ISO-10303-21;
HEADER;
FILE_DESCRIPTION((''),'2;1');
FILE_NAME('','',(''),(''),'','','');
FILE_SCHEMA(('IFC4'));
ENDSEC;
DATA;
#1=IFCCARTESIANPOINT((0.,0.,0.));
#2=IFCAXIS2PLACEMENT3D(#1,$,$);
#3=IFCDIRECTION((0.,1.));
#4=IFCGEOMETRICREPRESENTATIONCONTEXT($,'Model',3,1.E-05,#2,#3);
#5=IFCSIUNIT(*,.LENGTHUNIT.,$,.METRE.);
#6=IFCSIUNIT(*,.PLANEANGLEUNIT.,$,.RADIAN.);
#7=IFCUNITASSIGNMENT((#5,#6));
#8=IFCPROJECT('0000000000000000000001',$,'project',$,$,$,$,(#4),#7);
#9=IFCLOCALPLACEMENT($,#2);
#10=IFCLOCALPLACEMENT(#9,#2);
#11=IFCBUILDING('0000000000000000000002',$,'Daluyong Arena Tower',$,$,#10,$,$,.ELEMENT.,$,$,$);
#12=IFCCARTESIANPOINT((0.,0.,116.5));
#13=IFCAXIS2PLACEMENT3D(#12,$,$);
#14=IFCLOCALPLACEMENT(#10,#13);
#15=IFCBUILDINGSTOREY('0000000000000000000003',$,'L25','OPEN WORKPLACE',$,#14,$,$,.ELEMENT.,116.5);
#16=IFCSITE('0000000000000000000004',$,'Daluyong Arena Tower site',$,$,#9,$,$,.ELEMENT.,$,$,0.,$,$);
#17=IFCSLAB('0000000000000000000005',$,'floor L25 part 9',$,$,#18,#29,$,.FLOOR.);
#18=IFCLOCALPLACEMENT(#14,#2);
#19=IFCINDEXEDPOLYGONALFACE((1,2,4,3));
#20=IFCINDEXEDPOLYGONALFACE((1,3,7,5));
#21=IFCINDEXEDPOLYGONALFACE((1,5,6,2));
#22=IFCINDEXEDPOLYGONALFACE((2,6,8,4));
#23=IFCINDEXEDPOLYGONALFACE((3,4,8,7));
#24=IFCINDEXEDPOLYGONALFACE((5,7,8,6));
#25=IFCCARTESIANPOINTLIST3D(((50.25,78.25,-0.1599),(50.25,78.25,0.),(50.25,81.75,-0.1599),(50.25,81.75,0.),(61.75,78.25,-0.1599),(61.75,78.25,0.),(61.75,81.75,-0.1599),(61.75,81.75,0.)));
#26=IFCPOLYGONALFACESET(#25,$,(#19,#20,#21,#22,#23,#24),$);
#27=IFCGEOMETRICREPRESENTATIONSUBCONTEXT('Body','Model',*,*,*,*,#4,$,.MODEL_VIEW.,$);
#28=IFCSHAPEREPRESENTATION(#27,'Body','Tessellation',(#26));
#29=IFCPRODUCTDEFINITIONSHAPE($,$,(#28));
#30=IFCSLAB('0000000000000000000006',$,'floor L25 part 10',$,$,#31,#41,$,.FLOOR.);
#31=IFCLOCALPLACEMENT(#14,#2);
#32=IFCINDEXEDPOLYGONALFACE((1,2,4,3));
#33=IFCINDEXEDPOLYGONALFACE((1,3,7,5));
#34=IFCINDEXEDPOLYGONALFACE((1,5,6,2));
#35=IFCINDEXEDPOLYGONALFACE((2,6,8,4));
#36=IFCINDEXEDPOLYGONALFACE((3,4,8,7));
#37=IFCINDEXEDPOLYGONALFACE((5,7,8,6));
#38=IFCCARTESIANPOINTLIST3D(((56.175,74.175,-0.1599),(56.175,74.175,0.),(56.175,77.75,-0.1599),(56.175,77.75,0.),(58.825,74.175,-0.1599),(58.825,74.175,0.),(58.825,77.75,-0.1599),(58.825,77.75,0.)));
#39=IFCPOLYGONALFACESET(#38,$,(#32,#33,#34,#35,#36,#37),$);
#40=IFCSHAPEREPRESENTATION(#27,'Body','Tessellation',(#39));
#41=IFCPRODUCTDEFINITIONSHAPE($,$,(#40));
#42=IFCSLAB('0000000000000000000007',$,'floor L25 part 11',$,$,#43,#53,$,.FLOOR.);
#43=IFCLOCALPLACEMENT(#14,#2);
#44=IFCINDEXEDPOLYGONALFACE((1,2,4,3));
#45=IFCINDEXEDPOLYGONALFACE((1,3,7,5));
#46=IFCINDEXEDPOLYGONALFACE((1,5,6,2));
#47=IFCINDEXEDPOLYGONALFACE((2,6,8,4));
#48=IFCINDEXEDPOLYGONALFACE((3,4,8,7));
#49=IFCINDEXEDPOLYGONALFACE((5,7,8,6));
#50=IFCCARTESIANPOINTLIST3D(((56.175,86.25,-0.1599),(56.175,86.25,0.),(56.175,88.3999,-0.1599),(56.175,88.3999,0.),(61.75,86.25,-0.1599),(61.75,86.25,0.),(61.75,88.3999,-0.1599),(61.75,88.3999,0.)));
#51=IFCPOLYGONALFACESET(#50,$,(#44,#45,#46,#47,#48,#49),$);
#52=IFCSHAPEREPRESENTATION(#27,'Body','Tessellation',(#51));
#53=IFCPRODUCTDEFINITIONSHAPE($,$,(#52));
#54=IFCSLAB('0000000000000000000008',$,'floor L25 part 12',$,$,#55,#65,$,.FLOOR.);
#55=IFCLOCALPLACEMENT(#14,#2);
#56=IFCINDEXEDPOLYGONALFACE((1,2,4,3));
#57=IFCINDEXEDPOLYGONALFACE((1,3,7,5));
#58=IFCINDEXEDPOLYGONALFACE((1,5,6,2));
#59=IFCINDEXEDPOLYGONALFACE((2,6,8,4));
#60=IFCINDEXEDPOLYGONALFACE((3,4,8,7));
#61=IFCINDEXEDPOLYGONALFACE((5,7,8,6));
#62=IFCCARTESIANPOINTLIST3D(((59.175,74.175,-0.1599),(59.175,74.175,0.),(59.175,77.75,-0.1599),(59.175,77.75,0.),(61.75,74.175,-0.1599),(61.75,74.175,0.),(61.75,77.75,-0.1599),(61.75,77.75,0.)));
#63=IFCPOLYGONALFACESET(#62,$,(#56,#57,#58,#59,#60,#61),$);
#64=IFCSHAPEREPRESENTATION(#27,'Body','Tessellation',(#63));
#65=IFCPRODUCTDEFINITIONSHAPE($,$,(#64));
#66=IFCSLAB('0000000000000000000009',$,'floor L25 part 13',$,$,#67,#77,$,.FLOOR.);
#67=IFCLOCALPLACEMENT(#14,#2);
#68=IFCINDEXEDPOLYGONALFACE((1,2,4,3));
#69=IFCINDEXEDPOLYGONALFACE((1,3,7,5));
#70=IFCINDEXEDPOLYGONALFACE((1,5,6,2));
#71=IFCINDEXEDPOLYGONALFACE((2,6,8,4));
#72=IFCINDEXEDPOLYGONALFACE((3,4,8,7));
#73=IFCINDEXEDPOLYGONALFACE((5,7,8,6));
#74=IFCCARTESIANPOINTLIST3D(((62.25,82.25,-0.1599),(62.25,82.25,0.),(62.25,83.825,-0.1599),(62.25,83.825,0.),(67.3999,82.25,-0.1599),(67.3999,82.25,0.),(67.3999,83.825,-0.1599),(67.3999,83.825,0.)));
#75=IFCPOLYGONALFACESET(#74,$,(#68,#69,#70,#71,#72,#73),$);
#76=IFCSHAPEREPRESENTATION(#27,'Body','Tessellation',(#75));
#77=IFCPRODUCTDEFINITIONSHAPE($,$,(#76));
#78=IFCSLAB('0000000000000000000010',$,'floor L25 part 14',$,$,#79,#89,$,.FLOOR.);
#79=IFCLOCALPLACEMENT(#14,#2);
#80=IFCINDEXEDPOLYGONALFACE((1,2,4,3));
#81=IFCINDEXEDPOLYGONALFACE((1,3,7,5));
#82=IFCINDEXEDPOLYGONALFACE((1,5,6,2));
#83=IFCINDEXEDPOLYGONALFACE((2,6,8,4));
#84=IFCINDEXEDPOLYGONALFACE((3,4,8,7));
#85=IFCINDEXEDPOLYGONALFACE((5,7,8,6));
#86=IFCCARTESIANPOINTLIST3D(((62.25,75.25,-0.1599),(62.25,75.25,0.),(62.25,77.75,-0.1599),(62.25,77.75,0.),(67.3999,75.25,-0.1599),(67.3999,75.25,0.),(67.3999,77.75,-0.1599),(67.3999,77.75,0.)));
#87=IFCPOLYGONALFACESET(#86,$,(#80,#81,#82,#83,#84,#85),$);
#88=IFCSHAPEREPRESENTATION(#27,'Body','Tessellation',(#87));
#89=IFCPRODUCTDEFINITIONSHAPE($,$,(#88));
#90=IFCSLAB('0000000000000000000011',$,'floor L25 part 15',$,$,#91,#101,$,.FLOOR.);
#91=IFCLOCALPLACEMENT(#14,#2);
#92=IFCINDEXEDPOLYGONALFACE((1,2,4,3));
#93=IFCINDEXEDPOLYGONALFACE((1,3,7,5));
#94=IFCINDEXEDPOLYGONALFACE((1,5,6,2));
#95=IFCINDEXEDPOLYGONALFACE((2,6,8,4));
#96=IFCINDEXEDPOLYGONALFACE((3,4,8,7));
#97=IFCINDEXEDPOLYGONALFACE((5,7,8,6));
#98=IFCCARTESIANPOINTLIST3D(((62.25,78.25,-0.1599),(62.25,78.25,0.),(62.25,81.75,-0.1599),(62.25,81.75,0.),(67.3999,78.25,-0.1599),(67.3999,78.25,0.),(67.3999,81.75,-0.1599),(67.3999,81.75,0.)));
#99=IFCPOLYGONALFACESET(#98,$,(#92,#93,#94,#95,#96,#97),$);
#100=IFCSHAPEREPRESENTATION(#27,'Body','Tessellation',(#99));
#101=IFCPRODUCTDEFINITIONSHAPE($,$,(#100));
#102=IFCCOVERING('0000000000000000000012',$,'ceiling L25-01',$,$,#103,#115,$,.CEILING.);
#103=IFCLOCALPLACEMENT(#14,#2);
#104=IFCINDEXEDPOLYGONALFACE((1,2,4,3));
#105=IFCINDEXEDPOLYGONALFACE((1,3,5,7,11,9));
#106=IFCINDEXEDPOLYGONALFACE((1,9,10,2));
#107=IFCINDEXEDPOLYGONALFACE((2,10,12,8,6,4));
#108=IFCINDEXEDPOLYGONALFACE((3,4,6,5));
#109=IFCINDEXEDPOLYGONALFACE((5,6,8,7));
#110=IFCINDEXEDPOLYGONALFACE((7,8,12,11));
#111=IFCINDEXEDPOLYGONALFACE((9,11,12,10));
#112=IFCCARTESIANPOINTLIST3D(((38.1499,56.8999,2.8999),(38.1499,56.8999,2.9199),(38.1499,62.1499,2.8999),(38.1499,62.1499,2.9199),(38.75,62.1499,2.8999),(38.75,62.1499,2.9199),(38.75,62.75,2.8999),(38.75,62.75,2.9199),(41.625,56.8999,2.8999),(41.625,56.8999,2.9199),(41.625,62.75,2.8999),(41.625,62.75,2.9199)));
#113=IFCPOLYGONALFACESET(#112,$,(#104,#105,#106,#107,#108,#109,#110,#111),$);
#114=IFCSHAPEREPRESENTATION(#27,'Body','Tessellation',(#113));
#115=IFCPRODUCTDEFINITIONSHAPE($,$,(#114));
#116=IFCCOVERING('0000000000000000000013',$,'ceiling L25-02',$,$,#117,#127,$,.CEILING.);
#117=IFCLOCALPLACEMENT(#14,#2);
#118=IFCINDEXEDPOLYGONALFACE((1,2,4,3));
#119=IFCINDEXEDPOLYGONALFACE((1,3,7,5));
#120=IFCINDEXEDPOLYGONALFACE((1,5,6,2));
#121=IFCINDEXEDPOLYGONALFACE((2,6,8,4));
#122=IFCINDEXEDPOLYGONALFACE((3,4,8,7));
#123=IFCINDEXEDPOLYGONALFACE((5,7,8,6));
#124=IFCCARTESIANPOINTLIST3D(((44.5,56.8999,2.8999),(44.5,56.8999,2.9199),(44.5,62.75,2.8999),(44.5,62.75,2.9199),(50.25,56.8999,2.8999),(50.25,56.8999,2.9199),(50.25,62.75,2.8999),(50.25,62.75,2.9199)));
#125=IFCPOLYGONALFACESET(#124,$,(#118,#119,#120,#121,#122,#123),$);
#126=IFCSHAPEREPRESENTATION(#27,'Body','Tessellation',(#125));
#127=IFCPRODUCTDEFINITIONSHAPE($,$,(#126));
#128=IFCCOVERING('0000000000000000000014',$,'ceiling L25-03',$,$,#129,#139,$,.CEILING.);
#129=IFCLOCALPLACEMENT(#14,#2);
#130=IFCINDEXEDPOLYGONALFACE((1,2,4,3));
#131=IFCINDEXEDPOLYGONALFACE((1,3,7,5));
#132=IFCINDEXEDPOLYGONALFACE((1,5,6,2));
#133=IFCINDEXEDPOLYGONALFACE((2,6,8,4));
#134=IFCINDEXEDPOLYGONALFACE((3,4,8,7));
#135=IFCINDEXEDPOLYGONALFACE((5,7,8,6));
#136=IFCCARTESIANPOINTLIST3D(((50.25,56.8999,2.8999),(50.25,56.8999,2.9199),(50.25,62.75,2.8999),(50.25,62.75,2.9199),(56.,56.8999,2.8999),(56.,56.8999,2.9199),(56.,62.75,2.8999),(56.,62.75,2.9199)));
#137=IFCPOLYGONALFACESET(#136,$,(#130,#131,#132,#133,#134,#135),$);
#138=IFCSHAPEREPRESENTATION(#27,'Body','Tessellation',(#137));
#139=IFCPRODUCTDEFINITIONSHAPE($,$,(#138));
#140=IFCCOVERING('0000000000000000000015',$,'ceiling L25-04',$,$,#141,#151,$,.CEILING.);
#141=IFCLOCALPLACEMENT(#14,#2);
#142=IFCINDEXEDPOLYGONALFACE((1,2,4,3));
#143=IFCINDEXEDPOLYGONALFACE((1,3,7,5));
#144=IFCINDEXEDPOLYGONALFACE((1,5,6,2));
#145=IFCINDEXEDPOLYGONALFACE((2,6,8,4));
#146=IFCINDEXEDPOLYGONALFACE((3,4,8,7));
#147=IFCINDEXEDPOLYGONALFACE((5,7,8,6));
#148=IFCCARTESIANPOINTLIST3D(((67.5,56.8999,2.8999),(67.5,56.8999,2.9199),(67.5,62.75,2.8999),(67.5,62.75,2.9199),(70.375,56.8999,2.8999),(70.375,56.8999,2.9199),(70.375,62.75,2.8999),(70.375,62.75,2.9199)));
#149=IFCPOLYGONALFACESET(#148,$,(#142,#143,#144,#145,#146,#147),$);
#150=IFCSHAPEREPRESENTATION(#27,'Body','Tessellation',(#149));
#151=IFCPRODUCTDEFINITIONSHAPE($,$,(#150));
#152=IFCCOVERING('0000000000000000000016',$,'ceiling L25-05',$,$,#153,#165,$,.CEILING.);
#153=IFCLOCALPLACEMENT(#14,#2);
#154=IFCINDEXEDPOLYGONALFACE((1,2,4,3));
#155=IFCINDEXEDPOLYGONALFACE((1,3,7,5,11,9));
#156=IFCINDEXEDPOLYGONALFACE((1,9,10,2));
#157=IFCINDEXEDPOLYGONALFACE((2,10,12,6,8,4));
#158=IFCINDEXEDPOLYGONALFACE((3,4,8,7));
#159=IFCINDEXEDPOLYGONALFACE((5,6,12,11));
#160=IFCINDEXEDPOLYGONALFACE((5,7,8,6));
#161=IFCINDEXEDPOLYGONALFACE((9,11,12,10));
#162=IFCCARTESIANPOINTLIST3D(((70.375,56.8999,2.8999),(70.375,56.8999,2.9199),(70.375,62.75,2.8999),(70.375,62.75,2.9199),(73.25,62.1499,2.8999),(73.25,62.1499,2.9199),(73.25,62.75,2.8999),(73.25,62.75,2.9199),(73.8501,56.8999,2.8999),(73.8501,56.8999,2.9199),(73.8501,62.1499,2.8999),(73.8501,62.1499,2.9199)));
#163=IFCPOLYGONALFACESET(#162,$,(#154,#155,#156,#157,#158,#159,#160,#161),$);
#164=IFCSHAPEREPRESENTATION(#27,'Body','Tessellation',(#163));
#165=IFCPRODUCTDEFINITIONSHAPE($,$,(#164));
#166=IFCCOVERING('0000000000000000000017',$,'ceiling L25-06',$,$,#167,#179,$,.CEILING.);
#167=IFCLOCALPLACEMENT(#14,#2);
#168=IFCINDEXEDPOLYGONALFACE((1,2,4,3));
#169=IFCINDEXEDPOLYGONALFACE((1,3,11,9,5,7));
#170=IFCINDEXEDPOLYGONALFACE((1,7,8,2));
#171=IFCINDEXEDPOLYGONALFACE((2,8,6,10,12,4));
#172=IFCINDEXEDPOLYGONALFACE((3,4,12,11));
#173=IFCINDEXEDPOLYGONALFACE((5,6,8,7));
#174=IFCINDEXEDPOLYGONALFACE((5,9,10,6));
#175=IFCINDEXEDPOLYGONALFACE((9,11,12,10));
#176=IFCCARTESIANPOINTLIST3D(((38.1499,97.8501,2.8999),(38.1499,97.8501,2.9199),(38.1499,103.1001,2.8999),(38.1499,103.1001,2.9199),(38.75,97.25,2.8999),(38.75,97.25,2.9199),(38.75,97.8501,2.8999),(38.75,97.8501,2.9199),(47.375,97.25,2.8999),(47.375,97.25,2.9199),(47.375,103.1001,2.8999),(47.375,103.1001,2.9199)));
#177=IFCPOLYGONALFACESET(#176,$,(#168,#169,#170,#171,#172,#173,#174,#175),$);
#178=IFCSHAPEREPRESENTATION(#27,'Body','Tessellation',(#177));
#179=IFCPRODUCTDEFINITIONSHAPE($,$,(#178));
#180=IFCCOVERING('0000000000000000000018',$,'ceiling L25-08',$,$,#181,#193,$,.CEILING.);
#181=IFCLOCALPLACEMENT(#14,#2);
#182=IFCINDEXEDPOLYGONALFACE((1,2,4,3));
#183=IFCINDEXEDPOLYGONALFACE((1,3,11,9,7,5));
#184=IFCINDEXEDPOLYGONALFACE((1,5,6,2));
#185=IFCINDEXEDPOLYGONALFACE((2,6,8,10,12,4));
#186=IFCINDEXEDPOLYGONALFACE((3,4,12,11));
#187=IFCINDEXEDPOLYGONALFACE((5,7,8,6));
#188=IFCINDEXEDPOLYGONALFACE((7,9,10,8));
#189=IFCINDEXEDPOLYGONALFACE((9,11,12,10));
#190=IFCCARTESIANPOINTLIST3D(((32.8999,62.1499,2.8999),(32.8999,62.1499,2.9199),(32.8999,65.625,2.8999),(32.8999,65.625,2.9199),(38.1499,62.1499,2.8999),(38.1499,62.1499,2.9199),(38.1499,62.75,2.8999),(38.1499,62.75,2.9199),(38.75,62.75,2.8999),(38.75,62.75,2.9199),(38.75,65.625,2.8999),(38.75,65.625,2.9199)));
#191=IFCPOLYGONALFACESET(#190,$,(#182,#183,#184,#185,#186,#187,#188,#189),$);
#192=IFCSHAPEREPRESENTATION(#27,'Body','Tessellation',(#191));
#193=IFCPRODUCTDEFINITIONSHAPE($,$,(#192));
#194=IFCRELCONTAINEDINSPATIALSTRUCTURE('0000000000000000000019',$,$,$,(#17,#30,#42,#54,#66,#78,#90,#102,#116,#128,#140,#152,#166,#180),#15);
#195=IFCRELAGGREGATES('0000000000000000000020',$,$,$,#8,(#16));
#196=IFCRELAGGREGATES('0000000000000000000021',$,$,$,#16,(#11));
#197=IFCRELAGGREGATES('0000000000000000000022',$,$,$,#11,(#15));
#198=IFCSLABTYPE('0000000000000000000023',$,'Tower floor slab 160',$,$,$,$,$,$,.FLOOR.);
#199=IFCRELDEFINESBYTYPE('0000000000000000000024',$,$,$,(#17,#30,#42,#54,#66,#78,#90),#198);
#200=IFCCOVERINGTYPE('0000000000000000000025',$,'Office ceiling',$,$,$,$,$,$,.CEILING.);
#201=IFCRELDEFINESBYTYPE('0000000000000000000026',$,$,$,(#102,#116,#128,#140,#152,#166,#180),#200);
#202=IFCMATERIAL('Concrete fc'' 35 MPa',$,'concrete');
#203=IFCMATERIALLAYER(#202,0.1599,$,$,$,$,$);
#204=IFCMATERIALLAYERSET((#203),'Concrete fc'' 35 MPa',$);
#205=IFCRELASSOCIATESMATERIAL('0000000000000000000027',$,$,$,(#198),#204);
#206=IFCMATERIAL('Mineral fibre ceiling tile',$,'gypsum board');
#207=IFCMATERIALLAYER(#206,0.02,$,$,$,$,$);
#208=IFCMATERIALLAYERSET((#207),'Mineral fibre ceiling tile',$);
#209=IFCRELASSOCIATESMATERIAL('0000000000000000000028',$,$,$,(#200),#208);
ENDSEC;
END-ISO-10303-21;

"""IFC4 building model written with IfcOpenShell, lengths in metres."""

from ifc_helpers import new_model, si_unit, direction, frame, origin, place, context, subcontext, project, spatial, polyline, outline, extrude, material, layer, layer_set, type_object, element, save


model = new_model("IFC4")

# Units and contexts
model_context = context("Model", 3, precision=1e-05, world=origin(), true_north=direction((0.0, 1.0)))
body_context = subcontext(model_context, "Body", "Model", "MODEL_VIEW")
ifc_project = project(units=[si_unit("LENGTHUNIT", "METRE"), si_unit("PLANEANGLEUNIT", "RADIAN")], contexts=[model_context])

# Site, building, storey
site_placement = place(None, origin())
site = spatial("IfcSite", under=ifc_project, at=site_placement, Name="Daluyong Arena Tower site", CompositionType="ELEMENT", RefElevation=0.0)
building_placement = place(site_placement, origin())
building = spatial("IfcBuilding", under=site, at=building_placement, Name="Daluyong Arena Tower", CompositionType="ELEMENT")
storey_placement = place(building_placement, frame((0.0, 0.0, 116.5)))
storey = spatial("IfcBuildingStorey", under=building, at=storey_placement, Name="L25", Description="OPEN WORKPLACE", CompositionType="ELEMENT", Elevation=116.5)

# Slabs
ifc_material_1 = material(Name="Concrete fc' 35 MPa", Category="concrete")
ifc_layer_1 = layer(ifc_material_1, 0.1599)
ifc_layer_set_1 = layer_set([ifc_layer_1], Name="Concrete fc' 35 MPa")
slab_type_1 = type_object("IfcSlabType", Name="Tower floor slab 160", PredefinedType="FLOOR", material=ifc_layer_set_1)
slab_1_placement = place(storey_placement, frame((0.0, 0.0, -0.1599)))
element("IfcSlab", 1, at=slab_1_placement, inside=storey, type_object=slab_type_1, Name="floor L25 part 9", PredefinedType="FLOOR", context=body_context, shape_type="SweptSolid", body=[
    extrude(outline(polyline([(61.75, 78.25), (61.75, 81.75), (50.25, 81.75), (50.25, 78.25), (61.75, 78.25)])), origin(), (0.0, 0.0, 1.0), 0.1599),
])
slab_2_placement = place(storey_placement, frame((0.0, 0.0, -0.1599)))
element("IfcSlab", 2, at=slab_2_placement, inside=storey, type_object=slab_type_1, Name="floor L25 part 10", PredefinedType="FLOOR", context=body_context, shape_type="SweptSolid", body=[
    extrude(outline(polyline([(58.825, 77.75), (56.175, 77.75), (56.175, 74.175), (58.825, 74.175), (58.825, 77.75)])), origin(), (0.0, 0.0, 1.0), 0.1599),
])
slab_3_placement = place(storey_placement, frame((0.0, 0.0, -0.1599)))
element("IfcSlab", 3, at=slab_3_placement, inside=storey, type_object=slab_type_1, Name="floor L25 part 11", PredefinedType="FLOOR", context=body_context, shape_type="SweptSolid", body=[
    extrude(outline(polyline([(56.175, 88.3999), (56.175, 86.25), (61.75, 86.25), (61.75, 88.3999), (56.175, 88.3999)])), origin(), (0.0, 0.0, 1.0), 0.1599),
])
slab_4_placement = place(storey_placement, frame((0.0, 0.0, -0.1599)))
element("IfcSlab", 4, at=slab_4_placement, inside=storey, type_object=slab_type_1, Name="floor L25 part 12", PredefinedType="FLOOR", context=body_context, shape_type="SweptSolid", body=[
    extrude(outline(polyline([(59.175, 77.75), (59.175, 74.175), (61.75, 74.175), (61.75, 77.75), (59.175, 77.75)])), origin(), (0.0, 0.0, 1.0), 0.1599),
])
slab_5_placement = place(storey_placement, frame((0.0, 0.0, -0.1599)))
element("IfcSlab", 5, at=slab_5_placement, inside=storey, type_object=slab_type_1, Name="floor L25 part 13", PredefinedType="FLOOR", context=body_context, shape_type="SweptSolid", body=[
    extrude(outline(polyline([(62.25, 82.25), (67.3999, 82.25), (67.3999, 83.825), (62.25, 83.825), (62.25, 82.25)])), origin(), (0.0, 0.0, 1.0), 0.1599),
])
slab_6_placement = place(storey_placement, frame((0.0, 0.0, -0.1599)))
element("IfcSlab", 6, at=slab_6_placement, inside=storey, type_object=slab_type_1, Name="floor L25 part 14", PredefinedType="FLOOR", context=body_context, shape_type="SweptSolid", body=[
    extrude(outline(polyline([(62.25, 75.25), (67.3999, 75.25), (67.3999, 77.75), (62.25, 77.75), (62.25, 75.25)])), origin(), (0.0, 0.0, 1.0), 0.1599),
])
slab_7_placement = place(storey_placement, frame((0.0, 0.0, -0.1599)))
element("IfcSlab", 7, at=slab_7_placement, inside=storey, type_object=slab_type_1, Name="floor L25 part 15", PredefinedType="FLOOR", context=body_context, shape_type="SweptSolid", body=[
    extrude(outline(polyline([(62.25, 78.25), (67.3999, 78.25), (67.3999, 81.75), (62.25, 81.75), (62.25, 78.25)])), origin(), (0.0, 0.0, 1.0), 0.1599),
])

# Coverings
ifc_material_2 = material(Name="Mineral fibre ceiling tile", Category="gypsum board")
ifc_layer_2 = layer(ifc_material_2, 0.02)
ifc_layer_set_2 = layer_set([ifc_layer_2], Name="Mineral fibre ceiling tile")
covering_type = type_object("IfcCoveringType", Name="Office ceiling", PredefinedType="CEILING", material=ifc_layer_set_2)
covering_1_placement = place(storey_placement, frame((0.0, 0.0, 2.8999)))
element("IfcCovering", 8, at=covering_1_placement, inside=storey, type_object=covering_type, Name="ceiling L25-01", PredefinedType="CEILING", context=body_context, shape_type="SweptSolid", body=[
    extrude(outline(polyline([(38.1499, 62.1499), (38.1499, 56.8999), (41.625, 56.8999), (41.625, 62.75), (38.75, 62.75), (38.75, 62.1499), (38.1499, 62.1499)])), origin(), (0.0, 0.0, 1.0), 0.02),
])
covering_2_placement = place(storey_placement, frame((0.0, 0.0, 2.8999)))
element("IfcCovering", 9, at=covering_2_placement, inside=storey, type_object=covering_type, Name="ceiling L25-02", PredefinedType="CEILING", context=body_context, shape_type="SweptSolid", body=[
    extrude(outline(polyline([(44.5, 62.75), (44.5, 56.8999), (50.25, 56.8999), (50.25, 62.75), (44.5, 62.75)])), origin(), (0.0, 0.0, 1.0), 0.02),
])
covering_3_placement = place(storey_placement, frame((0.0, 0.0, 2.8999)))
element("IfcCovering", 10, at=covering_3_placement, inside=storey, type_object=covering_type, Name="ceiling L25-03", PredefinedType="CEILING", context=body_context, shape_type="SweptSolid", body=[
    extrude(outline(polyline([(50.25, 62.75), (50.25, 56.8999), (56.0, 56.8999), (56.0, 62.75), (50.25, 62.75)])), origin(), (0.0, 0.0, 1.0), 0.02),
])
covering_4_placement = place(storey_placement, frame((0.0, 0.0, 2.8999)))
element("IfcCovering", 11, at=covering_4_placement, inside=storey, type_object=covering_type, Name="ceiling L25-04", PredefinedType="CEILING", context=body_context, shape_type="SweptSolid", body=[
    extrude(outline(polyline([(67.5, 62.75), (67.5, 56.8999), (70.375, 56.8999), (70.375, 62.75), (67.5, 62.75)])), origin(), (0.0, 0.0, 1.0), 0.02),
])
covering_5_placement = place(storey_placement, frame((0.0, 0.0, 2.8999)))
element("IfcCovering", 12, at=covering_5_placement, inside=storey, type_object=covering_type, Name="ceiling L25-05", PredefinedType="CEILING", context=body_context, shape_type="SweptSolid", body=[
    extrude(outline(polyline([(73.8501, 56.8999), (73.8501, 62.1499), (73.25, 62.1499), (73.25, 62.75), (70.375, 62.75), (70.375, 56.8999), (73.8501, 56.8999)])), origin(), (0.0, 0.0, 1.0), 0.02),
])
covering_6_placement = place(storey_placement, frame((0.0, 0.0, 2.8999)))
element("IfcCovering", 13, at=covering_6_placement, inside=storey, type_object=covering_type, Name="ceiling L25-06", PredefinedType="CEILING", context=body_context, shape_type="SweptSolid", body=[
    extrude(outline(polyline([(47.375, 97.25), (47.375, 103.1001), (38.1499, 103.1001), (38.1499, 97.8501), (38.75, 97.8501), (38.75, 97.25), (47.375, 97.25)])), origin(), (0.0, 0.0, 1.0), 0.02),
])
covering_7_placement = place(storey_placement, frame((0.0, 0.0, 2.8999)))
element("IfcCovering", 14, at=covering_7_placement, inside=storey, type_object=covering_type, Name="ceiling L25-08", PredefinedType="CEILING", context=body_context, shape_type="SweptSolid", body=[
    extrude(outline(polyline([(32.8999, 62.1499), (38.1499, 62.1499), (38.1499, 62.75), (38.75, 62.75), (38.75, 65.625), (32.8999, 65.625), (32.8999, 62.1499)])), origin(), (0.0, 0.0, 1.0), 0.02),
])

save(model, "model.ifc")
